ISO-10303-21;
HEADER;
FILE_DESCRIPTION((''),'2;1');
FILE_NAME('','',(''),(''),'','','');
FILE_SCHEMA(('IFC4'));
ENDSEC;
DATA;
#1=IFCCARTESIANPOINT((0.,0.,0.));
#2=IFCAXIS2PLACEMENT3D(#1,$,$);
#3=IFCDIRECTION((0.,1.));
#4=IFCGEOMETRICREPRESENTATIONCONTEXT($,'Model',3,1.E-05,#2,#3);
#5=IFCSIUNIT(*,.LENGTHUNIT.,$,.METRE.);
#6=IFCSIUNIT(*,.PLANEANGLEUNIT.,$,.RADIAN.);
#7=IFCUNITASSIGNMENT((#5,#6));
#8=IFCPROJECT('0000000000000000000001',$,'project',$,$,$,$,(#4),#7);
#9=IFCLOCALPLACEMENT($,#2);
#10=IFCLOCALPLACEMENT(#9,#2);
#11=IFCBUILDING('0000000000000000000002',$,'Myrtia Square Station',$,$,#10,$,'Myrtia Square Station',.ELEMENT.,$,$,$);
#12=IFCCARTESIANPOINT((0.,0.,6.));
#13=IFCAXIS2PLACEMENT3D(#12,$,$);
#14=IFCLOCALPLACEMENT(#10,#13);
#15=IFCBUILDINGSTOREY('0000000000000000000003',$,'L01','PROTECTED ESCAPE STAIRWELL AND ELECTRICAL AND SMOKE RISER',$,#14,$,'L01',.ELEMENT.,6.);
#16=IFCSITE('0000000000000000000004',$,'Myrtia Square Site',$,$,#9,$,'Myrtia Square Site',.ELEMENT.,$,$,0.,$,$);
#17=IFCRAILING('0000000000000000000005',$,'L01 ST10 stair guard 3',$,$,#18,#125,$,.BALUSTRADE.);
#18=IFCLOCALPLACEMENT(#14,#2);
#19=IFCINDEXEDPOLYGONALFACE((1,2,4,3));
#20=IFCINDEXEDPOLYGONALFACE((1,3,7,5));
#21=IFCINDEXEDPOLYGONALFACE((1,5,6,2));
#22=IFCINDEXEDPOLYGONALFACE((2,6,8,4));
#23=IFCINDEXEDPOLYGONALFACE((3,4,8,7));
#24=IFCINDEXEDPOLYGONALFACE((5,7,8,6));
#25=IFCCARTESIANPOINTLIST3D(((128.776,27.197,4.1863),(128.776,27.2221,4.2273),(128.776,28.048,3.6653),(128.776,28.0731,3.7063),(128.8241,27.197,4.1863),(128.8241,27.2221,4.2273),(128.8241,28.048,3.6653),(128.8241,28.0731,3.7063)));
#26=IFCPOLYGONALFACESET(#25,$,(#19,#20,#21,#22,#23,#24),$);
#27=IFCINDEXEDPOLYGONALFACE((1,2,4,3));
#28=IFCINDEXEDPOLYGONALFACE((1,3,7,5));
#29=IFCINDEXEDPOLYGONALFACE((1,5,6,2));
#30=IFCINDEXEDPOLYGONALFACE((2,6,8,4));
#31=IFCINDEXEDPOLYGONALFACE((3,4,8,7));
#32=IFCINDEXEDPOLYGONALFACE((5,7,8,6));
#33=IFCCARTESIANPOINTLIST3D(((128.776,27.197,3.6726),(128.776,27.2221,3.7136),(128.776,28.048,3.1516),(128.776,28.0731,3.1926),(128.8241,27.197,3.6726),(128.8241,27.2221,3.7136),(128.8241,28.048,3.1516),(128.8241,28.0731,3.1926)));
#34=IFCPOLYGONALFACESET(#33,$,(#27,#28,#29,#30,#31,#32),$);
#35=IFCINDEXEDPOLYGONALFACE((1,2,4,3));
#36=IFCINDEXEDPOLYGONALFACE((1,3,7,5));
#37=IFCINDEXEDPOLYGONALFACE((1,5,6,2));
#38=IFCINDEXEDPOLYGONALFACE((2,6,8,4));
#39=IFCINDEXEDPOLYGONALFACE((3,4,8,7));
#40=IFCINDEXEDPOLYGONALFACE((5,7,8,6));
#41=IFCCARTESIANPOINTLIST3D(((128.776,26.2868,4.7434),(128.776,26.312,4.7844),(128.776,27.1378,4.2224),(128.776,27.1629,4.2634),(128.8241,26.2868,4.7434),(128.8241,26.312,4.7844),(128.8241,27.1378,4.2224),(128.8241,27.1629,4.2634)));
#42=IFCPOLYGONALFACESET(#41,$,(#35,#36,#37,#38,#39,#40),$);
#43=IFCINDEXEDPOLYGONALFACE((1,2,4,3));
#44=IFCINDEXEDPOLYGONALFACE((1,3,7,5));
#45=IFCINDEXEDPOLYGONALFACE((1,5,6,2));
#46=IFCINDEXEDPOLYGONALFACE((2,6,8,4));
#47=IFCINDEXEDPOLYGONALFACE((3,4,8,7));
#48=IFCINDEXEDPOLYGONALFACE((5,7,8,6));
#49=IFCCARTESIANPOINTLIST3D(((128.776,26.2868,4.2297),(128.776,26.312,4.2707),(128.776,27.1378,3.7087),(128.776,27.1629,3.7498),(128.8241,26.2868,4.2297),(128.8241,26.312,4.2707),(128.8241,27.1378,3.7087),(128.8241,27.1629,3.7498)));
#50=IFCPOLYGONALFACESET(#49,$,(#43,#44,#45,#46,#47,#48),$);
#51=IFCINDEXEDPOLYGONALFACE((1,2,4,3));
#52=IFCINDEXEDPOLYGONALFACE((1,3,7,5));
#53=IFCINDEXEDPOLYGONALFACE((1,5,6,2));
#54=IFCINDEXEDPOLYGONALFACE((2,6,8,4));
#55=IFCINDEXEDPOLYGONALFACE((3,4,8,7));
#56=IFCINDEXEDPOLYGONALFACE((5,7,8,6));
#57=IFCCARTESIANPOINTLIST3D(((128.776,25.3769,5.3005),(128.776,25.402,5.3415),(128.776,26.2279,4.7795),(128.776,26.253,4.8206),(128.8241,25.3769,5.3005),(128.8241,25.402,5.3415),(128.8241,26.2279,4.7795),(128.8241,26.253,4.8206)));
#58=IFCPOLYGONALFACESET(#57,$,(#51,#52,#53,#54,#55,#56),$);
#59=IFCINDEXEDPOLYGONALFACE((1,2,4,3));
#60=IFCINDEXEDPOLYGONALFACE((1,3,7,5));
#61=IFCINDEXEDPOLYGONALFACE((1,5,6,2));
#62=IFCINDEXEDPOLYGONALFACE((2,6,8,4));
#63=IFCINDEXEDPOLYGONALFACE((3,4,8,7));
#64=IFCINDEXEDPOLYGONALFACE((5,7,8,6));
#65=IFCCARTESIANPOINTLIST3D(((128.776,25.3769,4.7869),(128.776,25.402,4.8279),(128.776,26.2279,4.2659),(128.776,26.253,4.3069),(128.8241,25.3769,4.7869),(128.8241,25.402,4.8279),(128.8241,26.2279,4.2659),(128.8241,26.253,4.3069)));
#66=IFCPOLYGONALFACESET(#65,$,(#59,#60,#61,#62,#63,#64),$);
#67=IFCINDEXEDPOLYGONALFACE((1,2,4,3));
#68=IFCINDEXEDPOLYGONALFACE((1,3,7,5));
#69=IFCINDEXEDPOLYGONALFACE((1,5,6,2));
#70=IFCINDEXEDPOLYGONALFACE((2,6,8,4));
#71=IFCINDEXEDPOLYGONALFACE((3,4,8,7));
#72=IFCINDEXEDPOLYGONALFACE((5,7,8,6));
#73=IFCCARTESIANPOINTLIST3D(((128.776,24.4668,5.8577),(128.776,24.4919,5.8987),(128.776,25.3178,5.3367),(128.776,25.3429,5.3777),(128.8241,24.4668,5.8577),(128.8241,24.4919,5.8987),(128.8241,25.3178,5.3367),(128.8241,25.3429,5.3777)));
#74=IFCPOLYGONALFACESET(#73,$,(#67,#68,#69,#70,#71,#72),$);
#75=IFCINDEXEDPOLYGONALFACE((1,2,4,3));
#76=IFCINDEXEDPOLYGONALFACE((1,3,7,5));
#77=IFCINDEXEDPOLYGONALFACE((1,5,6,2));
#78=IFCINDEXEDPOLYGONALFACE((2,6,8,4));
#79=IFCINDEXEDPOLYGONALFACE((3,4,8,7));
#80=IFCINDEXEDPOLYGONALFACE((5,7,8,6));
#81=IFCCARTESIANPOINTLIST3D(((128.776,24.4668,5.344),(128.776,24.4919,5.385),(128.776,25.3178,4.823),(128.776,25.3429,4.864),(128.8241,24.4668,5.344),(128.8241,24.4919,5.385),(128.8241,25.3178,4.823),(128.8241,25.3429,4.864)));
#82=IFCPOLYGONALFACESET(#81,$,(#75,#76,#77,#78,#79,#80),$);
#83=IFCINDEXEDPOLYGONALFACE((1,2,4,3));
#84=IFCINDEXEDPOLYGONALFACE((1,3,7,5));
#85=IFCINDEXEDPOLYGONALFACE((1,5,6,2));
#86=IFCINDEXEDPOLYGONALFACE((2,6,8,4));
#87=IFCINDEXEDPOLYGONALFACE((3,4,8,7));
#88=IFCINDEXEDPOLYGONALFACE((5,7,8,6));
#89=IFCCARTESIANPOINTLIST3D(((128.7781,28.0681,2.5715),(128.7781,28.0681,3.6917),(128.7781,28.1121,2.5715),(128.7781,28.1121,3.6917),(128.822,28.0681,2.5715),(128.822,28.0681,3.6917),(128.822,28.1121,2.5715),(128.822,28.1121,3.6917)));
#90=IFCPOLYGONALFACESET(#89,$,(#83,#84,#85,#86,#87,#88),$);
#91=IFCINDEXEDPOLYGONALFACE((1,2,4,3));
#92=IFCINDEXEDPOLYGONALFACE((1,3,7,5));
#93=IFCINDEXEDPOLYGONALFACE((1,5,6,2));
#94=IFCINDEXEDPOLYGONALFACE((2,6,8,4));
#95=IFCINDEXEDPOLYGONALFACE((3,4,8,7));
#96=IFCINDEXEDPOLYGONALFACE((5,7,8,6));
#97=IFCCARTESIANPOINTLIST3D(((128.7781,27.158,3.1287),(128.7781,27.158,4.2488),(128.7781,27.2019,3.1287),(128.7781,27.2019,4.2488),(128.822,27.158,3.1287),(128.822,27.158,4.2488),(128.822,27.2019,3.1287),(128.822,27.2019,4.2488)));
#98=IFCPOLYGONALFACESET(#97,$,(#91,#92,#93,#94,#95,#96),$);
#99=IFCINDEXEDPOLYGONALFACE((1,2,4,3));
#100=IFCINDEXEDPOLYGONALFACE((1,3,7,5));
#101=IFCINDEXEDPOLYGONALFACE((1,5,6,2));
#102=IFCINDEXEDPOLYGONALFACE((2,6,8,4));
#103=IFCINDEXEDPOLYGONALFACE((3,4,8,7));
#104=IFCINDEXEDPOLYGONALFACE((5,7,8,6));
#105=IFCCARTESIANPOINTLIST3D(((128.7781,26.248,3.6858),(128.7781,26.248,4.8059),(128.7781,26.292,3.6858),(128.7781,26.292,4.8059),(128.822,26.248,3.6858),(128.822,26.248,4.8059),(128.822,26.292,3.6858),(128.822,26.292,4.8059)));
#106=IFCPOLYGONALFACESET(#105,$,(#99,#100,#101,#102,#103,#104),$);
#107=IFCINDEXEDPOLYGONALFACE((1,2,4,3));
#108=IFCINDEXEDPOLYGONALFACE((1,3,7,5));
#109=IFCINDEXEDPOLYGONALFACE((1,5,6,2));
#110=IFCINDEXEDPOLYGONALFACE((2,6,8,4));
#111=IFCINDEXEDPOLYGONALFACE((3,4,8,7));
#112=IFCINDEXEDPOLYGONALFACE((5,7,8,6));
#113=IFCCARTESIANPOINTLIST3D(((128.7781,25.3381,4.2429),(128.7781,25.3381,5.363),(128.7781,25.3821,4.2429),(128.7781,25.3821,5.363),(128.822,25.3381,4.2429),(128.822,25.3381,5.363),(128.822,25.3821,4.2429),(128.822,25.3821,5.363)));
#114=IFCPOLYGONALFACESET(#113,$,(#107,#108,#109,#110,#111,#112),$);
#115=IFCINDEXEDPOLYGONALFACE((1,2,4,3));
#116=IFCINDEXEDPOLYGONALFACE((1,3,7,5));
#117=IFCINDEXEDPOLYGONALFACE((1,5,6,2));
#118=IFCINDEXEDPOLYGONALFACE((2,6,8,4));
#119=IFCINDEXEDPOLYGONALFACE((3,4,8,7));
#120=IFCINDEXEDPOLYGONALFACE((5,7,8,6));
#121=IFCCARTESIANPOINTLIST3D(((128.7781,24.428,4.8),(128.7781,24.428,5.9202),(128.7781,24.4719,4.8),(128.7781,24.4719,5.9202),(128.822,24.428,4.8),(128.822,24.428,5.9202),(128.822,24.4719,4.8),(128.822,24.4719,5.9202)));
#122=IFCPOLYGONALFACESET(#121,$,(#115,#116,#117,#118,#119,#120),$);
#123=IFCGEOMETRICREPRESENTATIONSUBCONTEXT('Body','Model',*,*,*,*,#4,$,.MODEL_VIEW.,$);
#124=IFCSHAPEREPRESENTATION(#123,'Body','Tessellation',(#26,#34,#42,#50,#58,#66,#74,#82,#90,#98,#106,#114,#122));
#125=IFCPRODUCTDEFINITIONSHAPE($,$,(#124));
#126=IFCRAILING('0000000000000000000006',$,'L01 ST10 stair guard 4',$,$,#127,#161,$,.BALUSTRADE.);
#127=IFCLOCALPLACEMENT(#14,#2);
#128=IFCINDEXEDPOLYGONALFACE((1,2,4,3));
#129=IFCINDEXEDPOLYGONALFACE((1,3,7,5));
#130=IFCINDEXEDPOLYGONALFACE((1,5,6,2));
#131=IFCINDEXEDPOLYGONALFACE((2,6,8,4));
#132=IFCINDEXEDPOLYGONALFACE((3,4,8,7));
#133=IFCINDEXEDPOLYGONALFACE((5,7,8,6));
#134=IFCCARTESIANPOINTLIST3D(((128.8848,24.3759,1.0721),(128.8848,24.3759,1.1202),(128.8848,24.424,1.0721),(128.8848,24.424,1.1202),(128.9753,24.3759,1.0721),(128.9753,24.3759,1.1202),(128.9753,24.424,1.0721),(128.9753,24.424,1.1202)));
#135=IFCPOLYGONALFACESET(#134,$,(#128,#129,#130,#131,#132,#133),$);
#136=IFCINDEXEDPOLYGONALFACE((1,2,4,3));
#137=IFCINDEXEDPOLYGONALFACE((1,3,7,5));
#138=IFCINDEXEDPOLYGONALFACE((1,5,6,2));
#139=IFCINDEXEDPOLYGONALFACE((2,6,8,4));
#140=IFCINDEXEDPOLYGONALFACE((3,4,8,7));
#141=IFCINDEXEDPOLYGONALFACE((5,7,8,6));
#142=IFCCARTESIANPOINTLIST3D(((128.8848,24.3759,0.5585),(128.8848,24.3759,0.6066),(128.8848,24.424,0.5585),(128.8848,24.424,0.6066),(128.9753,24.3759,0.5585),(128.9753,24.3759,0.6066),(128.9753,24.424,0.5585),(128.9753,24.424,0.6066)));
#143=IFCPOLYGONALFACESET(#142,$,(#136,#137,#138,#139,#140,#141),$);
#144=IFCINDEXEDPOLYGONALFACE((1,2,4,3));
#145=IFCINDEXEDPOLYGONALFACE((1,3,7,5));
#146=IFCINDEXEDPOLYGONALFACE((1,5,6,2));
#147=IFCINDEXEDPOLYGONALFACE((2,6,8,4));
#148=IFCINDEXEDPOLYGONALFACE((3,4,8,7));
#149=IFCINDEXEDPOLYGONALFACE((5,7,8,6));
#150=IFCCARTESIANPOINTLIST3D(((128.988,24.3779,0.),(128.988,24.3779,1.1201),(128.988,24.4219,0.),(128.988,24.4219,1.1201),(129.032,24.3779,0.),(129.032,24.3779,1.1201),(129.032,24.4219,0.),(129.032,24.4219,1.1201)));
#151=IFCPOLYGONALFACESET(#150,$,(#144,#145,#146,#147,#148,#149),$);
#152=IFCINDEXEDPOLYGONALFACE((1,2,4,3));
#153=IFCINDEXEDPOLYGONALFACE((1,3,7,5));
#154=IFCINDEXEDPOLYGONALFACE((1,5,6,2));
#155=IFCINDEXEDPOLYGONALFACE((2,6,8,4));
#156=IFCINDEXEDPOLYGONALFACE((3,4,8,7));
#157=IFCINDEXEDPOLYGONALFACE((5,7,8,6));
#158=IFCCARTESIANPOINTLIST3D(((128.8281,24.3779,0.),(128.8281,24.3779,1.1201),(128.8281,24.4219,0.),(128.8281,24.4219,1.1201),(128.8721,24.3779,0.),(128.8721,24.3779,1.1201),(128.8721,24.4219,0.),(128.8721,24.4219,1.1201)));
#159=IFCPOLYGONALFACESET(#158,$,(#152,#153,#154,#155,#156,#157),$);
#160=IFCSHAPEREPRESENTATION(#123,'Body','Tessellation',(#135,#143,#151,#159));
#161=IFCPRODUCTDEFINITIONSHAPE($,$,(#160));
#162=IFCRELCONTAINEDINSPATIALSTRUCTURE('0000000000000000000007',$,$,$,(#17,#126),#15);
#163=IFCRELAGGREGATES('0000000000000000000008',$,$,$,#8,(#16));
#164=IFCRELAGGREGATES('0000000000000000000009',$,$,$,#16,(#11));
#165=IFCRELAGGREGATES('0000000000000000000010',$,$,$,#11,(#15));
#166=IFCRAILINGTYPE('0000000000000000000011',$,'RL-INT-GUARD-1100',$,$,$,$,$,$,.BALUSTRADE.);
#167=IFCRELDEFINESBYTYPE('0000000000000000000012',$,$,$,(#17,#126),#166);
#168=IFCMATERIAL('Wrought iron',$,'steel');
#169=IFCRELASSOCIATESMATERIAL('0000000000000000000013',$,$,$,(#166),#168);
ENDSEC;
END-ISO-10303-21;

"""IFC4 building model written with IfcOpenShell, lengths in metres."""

from ifc_helpers import new_model, si_unit, direction, frame, origin, origin_2d, place, context, subcontext, project, spatial, rectangle, extrude, material, type_object, element, save


model = new_model("IFC4")

# Units and contexts
model_context = context("Model", 3, precision=1e-05, world=origin(), true_north=direction((0.0, 1.0)))
body_context = subcontext(model_context, "Body", "Model", "MODEL_VIEW")
ifc_project = project(units=[si_unit("LENGTHUNIT", "METRE"), si_unit("PLANEANGLEUNIT", "RADIAN")], contexts=[model_context])

# Site, building, storey
site_placement = place(None, origin())
site = spatial("IfcSite", under=ifc_project, at=site_placement, Name="Myrtia Square Site", LongName="Myrtia Square Site", CompositionType="ELEMENT", RefElevation=0.0)
building_placement = place(site_placement, origin())
building = spatial("IfcBuilding", under=site, at=building_placement, Name="Myrtia Square Station", LongName="Myrtia Square Station", CompositionType="ELEMENT")
storey_placement = place(building_placement, frame((0.0, 0.0, 6.0)))
storey = spatial("IfcBuildingStorey", under=building, at=storey_placement, Name="L01", Description="PROTECTED ESCAPE STAIRWELL AND ELECTRICAL AND SMOKE RISER", LongName="L01", CompositionType="ELEMENT", Elevation=6.0)

# Railings
ifc_material_1 = material(Name="Wrought iron", Category="steel")
railing_type_1 = type_object("IfcRailingType", Name="RL-INT-GUARD-1100", PredefinedType="BALUSTRADE", material=ifc_material_1)
railing_1_placement = place(storey_placement, frame((128.8, 28.0901, 2.5715)))
element("IfcRailing", 1, at=railing_1_placement, inside=storey, type_object=railing_type_1, Name="L01 ST10 stair guard 3", PredefinedType="BALUSTRADE", context=body_context, shape_type="SweptSolid", body=[
    extrude(rectangle(XDim=0.0481, YDim=0.0481, at=origin_2d()), frame((0.0, -0.0295, 1.1143), z_axis=(0.0, -0.852866, 0.52213), x_axis=(1.0, 0.0, 0.0)), (0.0, 0.0, 1.0), 0.9978),
    extrude(rectangle(XDim=0.0481, YDim=0.0481, at=origin_2d()), frame((0.0, -0.0295, 0.6006), z_axis=(0.0, -0.852866, 0.52213), x_axis=(1.0, 0.0, 0.0)), (0.0, 0.0, 1.0), 0.9978),
    extrude(rectangle(XDim=0.0481, YDim=0.0481, at=origin_2d()), frame((0.0, -0.9397, 1.6714), z_axis=(0.0, -0.852866, 0.52213), x_axis=(1.0, 0.0, 0.0)), (0.0, 0.0, 1.0), 0.9978),
    extrude(rectangle(XDim=0.0481, YDim=0.0481, at=origin_2d()), frame((0.0, -0.9397, 1.1577), z_axis=(0.0, -0.852866, 0.52213), x_axis=(1.0, 0.0, 0.0)), (0.0, 0.0, 1.0), 0.9978),
    extrude(rectangle(XDim=0.0481, YDim=0.0481, at=origin_2d()), frame((0.0, -1.8496, 2.2285), z_axis=(0.0, -0.852866, 0.52213), x_axis=(1.0, 0.0, 0.0)), (0.0, 0.0, 1.0), 0.9978),
    extrude(rectangle(XDim=0.0481, YDim=0.0481, at=origin_2d()), frame((0.0, -1.8496, 1.7148), z_axis=(0.0, -0.852866, 0.52213), x_axis=(1.0, 0.0, 0.0)), (0.0, 0.0, 1.0), 0.9978),
    extrude(rectangle(XDim=0.0481, YDim=0.0481, at=origin_2d()), frame((0.0, -2.7598, 2.7856), z_axis=(0.0, -0.852866, 0.52213), x_axis=(1.0, 0.0, 0.0)), (0.0, 0.0, 1.0), 0.9978),
    extrude(rectangle(XDim=0.0481, YDim=0.0481, at=origin_2d()), frame((0.0, -2.7598, 2.272), z_axis=(0.0, -0.852866, 0.52213), x_axis=(1.0, 0.0, 0.0)), (0.0, 0.0, 1.0), 0.9978),
    extrude(rectangle(XDim=0.0439, YDim=0.0439, at=origin_2d()), origin(), (0.0, 0.0, 1.0), 1.1201),
    extrude(rectangle(XDim=0.0439, YDim=0.0439, at=origin_2d()), frame((0.0, -0.9102, 0.5571)), (0.0, 0.0, 1.0), 1.1201),
    extrude(rectangle(XDim=0.0439, YDim=0.0439, at=origin_2d()), frame((0.0, -1.8201, 1.1143)), (0.0, 0.0, 1.0), 1.1201),
    extrude(rectangle(XDim=0.0439, YDim=0.0439, at=origin_2d()), frame((0.0, -2.73, 1.6714)), (0.0, 0.0, 1.0), 1.1201),
    extrude(rectangle(XDim=0.0439, YDim=0.0439, at=origin_2d()), frame((0.0, -3.6401, 2.2285)), (0.0, 0.0, 1.0), 1.1201),
])
railing_2_placement = place(storey_placement, frame((129.01, 24.3999, 0.0)))
element("IfcRailing", 2, at=railing_2_placement, inside=storey, type_object=railing_type_1, Name="L01 ST10 stair guard 4", PredefinedType="BALUSTRADE", context=body_context, shape_type="SweptSolid", body=[
    extrude(rectangle(XDim=0.0481, YDim=0.0481, at=origin_2d()), frame((-0.0347, 0.0, 1.0962), z_axis=(-1.0, 0.0, 0.0), x_axis=(0.0, -1.0, 0.0)), (0.0, 0.0, 1.0), 0.0906),
    extrude(rectangle(XDim=0.0481, YDim=0.0481, at=origin_2d()), frame((-0.0347, 0.0, 0.5825), z_axis=(-1.0, 0.0, 0.0), x_axis=(0.0, -1.0, 0.0)), (0.0, 0.0, 1.0), 0.0906),
    extrude(rectangle(XDim=0.0439, YDim=0.0439, at=origin_2d()), origin(), (0.0, 0.0, 1.0), 1.1201),
    extrude(rectangle(XDim=0.0439, YDim=0.0439, at=origin_2d()), frame((-0.1599, 0.0, 0.0)), (0.0, 0.0, 1.0), 1.1201),
])

save(model, "model.ifc")
